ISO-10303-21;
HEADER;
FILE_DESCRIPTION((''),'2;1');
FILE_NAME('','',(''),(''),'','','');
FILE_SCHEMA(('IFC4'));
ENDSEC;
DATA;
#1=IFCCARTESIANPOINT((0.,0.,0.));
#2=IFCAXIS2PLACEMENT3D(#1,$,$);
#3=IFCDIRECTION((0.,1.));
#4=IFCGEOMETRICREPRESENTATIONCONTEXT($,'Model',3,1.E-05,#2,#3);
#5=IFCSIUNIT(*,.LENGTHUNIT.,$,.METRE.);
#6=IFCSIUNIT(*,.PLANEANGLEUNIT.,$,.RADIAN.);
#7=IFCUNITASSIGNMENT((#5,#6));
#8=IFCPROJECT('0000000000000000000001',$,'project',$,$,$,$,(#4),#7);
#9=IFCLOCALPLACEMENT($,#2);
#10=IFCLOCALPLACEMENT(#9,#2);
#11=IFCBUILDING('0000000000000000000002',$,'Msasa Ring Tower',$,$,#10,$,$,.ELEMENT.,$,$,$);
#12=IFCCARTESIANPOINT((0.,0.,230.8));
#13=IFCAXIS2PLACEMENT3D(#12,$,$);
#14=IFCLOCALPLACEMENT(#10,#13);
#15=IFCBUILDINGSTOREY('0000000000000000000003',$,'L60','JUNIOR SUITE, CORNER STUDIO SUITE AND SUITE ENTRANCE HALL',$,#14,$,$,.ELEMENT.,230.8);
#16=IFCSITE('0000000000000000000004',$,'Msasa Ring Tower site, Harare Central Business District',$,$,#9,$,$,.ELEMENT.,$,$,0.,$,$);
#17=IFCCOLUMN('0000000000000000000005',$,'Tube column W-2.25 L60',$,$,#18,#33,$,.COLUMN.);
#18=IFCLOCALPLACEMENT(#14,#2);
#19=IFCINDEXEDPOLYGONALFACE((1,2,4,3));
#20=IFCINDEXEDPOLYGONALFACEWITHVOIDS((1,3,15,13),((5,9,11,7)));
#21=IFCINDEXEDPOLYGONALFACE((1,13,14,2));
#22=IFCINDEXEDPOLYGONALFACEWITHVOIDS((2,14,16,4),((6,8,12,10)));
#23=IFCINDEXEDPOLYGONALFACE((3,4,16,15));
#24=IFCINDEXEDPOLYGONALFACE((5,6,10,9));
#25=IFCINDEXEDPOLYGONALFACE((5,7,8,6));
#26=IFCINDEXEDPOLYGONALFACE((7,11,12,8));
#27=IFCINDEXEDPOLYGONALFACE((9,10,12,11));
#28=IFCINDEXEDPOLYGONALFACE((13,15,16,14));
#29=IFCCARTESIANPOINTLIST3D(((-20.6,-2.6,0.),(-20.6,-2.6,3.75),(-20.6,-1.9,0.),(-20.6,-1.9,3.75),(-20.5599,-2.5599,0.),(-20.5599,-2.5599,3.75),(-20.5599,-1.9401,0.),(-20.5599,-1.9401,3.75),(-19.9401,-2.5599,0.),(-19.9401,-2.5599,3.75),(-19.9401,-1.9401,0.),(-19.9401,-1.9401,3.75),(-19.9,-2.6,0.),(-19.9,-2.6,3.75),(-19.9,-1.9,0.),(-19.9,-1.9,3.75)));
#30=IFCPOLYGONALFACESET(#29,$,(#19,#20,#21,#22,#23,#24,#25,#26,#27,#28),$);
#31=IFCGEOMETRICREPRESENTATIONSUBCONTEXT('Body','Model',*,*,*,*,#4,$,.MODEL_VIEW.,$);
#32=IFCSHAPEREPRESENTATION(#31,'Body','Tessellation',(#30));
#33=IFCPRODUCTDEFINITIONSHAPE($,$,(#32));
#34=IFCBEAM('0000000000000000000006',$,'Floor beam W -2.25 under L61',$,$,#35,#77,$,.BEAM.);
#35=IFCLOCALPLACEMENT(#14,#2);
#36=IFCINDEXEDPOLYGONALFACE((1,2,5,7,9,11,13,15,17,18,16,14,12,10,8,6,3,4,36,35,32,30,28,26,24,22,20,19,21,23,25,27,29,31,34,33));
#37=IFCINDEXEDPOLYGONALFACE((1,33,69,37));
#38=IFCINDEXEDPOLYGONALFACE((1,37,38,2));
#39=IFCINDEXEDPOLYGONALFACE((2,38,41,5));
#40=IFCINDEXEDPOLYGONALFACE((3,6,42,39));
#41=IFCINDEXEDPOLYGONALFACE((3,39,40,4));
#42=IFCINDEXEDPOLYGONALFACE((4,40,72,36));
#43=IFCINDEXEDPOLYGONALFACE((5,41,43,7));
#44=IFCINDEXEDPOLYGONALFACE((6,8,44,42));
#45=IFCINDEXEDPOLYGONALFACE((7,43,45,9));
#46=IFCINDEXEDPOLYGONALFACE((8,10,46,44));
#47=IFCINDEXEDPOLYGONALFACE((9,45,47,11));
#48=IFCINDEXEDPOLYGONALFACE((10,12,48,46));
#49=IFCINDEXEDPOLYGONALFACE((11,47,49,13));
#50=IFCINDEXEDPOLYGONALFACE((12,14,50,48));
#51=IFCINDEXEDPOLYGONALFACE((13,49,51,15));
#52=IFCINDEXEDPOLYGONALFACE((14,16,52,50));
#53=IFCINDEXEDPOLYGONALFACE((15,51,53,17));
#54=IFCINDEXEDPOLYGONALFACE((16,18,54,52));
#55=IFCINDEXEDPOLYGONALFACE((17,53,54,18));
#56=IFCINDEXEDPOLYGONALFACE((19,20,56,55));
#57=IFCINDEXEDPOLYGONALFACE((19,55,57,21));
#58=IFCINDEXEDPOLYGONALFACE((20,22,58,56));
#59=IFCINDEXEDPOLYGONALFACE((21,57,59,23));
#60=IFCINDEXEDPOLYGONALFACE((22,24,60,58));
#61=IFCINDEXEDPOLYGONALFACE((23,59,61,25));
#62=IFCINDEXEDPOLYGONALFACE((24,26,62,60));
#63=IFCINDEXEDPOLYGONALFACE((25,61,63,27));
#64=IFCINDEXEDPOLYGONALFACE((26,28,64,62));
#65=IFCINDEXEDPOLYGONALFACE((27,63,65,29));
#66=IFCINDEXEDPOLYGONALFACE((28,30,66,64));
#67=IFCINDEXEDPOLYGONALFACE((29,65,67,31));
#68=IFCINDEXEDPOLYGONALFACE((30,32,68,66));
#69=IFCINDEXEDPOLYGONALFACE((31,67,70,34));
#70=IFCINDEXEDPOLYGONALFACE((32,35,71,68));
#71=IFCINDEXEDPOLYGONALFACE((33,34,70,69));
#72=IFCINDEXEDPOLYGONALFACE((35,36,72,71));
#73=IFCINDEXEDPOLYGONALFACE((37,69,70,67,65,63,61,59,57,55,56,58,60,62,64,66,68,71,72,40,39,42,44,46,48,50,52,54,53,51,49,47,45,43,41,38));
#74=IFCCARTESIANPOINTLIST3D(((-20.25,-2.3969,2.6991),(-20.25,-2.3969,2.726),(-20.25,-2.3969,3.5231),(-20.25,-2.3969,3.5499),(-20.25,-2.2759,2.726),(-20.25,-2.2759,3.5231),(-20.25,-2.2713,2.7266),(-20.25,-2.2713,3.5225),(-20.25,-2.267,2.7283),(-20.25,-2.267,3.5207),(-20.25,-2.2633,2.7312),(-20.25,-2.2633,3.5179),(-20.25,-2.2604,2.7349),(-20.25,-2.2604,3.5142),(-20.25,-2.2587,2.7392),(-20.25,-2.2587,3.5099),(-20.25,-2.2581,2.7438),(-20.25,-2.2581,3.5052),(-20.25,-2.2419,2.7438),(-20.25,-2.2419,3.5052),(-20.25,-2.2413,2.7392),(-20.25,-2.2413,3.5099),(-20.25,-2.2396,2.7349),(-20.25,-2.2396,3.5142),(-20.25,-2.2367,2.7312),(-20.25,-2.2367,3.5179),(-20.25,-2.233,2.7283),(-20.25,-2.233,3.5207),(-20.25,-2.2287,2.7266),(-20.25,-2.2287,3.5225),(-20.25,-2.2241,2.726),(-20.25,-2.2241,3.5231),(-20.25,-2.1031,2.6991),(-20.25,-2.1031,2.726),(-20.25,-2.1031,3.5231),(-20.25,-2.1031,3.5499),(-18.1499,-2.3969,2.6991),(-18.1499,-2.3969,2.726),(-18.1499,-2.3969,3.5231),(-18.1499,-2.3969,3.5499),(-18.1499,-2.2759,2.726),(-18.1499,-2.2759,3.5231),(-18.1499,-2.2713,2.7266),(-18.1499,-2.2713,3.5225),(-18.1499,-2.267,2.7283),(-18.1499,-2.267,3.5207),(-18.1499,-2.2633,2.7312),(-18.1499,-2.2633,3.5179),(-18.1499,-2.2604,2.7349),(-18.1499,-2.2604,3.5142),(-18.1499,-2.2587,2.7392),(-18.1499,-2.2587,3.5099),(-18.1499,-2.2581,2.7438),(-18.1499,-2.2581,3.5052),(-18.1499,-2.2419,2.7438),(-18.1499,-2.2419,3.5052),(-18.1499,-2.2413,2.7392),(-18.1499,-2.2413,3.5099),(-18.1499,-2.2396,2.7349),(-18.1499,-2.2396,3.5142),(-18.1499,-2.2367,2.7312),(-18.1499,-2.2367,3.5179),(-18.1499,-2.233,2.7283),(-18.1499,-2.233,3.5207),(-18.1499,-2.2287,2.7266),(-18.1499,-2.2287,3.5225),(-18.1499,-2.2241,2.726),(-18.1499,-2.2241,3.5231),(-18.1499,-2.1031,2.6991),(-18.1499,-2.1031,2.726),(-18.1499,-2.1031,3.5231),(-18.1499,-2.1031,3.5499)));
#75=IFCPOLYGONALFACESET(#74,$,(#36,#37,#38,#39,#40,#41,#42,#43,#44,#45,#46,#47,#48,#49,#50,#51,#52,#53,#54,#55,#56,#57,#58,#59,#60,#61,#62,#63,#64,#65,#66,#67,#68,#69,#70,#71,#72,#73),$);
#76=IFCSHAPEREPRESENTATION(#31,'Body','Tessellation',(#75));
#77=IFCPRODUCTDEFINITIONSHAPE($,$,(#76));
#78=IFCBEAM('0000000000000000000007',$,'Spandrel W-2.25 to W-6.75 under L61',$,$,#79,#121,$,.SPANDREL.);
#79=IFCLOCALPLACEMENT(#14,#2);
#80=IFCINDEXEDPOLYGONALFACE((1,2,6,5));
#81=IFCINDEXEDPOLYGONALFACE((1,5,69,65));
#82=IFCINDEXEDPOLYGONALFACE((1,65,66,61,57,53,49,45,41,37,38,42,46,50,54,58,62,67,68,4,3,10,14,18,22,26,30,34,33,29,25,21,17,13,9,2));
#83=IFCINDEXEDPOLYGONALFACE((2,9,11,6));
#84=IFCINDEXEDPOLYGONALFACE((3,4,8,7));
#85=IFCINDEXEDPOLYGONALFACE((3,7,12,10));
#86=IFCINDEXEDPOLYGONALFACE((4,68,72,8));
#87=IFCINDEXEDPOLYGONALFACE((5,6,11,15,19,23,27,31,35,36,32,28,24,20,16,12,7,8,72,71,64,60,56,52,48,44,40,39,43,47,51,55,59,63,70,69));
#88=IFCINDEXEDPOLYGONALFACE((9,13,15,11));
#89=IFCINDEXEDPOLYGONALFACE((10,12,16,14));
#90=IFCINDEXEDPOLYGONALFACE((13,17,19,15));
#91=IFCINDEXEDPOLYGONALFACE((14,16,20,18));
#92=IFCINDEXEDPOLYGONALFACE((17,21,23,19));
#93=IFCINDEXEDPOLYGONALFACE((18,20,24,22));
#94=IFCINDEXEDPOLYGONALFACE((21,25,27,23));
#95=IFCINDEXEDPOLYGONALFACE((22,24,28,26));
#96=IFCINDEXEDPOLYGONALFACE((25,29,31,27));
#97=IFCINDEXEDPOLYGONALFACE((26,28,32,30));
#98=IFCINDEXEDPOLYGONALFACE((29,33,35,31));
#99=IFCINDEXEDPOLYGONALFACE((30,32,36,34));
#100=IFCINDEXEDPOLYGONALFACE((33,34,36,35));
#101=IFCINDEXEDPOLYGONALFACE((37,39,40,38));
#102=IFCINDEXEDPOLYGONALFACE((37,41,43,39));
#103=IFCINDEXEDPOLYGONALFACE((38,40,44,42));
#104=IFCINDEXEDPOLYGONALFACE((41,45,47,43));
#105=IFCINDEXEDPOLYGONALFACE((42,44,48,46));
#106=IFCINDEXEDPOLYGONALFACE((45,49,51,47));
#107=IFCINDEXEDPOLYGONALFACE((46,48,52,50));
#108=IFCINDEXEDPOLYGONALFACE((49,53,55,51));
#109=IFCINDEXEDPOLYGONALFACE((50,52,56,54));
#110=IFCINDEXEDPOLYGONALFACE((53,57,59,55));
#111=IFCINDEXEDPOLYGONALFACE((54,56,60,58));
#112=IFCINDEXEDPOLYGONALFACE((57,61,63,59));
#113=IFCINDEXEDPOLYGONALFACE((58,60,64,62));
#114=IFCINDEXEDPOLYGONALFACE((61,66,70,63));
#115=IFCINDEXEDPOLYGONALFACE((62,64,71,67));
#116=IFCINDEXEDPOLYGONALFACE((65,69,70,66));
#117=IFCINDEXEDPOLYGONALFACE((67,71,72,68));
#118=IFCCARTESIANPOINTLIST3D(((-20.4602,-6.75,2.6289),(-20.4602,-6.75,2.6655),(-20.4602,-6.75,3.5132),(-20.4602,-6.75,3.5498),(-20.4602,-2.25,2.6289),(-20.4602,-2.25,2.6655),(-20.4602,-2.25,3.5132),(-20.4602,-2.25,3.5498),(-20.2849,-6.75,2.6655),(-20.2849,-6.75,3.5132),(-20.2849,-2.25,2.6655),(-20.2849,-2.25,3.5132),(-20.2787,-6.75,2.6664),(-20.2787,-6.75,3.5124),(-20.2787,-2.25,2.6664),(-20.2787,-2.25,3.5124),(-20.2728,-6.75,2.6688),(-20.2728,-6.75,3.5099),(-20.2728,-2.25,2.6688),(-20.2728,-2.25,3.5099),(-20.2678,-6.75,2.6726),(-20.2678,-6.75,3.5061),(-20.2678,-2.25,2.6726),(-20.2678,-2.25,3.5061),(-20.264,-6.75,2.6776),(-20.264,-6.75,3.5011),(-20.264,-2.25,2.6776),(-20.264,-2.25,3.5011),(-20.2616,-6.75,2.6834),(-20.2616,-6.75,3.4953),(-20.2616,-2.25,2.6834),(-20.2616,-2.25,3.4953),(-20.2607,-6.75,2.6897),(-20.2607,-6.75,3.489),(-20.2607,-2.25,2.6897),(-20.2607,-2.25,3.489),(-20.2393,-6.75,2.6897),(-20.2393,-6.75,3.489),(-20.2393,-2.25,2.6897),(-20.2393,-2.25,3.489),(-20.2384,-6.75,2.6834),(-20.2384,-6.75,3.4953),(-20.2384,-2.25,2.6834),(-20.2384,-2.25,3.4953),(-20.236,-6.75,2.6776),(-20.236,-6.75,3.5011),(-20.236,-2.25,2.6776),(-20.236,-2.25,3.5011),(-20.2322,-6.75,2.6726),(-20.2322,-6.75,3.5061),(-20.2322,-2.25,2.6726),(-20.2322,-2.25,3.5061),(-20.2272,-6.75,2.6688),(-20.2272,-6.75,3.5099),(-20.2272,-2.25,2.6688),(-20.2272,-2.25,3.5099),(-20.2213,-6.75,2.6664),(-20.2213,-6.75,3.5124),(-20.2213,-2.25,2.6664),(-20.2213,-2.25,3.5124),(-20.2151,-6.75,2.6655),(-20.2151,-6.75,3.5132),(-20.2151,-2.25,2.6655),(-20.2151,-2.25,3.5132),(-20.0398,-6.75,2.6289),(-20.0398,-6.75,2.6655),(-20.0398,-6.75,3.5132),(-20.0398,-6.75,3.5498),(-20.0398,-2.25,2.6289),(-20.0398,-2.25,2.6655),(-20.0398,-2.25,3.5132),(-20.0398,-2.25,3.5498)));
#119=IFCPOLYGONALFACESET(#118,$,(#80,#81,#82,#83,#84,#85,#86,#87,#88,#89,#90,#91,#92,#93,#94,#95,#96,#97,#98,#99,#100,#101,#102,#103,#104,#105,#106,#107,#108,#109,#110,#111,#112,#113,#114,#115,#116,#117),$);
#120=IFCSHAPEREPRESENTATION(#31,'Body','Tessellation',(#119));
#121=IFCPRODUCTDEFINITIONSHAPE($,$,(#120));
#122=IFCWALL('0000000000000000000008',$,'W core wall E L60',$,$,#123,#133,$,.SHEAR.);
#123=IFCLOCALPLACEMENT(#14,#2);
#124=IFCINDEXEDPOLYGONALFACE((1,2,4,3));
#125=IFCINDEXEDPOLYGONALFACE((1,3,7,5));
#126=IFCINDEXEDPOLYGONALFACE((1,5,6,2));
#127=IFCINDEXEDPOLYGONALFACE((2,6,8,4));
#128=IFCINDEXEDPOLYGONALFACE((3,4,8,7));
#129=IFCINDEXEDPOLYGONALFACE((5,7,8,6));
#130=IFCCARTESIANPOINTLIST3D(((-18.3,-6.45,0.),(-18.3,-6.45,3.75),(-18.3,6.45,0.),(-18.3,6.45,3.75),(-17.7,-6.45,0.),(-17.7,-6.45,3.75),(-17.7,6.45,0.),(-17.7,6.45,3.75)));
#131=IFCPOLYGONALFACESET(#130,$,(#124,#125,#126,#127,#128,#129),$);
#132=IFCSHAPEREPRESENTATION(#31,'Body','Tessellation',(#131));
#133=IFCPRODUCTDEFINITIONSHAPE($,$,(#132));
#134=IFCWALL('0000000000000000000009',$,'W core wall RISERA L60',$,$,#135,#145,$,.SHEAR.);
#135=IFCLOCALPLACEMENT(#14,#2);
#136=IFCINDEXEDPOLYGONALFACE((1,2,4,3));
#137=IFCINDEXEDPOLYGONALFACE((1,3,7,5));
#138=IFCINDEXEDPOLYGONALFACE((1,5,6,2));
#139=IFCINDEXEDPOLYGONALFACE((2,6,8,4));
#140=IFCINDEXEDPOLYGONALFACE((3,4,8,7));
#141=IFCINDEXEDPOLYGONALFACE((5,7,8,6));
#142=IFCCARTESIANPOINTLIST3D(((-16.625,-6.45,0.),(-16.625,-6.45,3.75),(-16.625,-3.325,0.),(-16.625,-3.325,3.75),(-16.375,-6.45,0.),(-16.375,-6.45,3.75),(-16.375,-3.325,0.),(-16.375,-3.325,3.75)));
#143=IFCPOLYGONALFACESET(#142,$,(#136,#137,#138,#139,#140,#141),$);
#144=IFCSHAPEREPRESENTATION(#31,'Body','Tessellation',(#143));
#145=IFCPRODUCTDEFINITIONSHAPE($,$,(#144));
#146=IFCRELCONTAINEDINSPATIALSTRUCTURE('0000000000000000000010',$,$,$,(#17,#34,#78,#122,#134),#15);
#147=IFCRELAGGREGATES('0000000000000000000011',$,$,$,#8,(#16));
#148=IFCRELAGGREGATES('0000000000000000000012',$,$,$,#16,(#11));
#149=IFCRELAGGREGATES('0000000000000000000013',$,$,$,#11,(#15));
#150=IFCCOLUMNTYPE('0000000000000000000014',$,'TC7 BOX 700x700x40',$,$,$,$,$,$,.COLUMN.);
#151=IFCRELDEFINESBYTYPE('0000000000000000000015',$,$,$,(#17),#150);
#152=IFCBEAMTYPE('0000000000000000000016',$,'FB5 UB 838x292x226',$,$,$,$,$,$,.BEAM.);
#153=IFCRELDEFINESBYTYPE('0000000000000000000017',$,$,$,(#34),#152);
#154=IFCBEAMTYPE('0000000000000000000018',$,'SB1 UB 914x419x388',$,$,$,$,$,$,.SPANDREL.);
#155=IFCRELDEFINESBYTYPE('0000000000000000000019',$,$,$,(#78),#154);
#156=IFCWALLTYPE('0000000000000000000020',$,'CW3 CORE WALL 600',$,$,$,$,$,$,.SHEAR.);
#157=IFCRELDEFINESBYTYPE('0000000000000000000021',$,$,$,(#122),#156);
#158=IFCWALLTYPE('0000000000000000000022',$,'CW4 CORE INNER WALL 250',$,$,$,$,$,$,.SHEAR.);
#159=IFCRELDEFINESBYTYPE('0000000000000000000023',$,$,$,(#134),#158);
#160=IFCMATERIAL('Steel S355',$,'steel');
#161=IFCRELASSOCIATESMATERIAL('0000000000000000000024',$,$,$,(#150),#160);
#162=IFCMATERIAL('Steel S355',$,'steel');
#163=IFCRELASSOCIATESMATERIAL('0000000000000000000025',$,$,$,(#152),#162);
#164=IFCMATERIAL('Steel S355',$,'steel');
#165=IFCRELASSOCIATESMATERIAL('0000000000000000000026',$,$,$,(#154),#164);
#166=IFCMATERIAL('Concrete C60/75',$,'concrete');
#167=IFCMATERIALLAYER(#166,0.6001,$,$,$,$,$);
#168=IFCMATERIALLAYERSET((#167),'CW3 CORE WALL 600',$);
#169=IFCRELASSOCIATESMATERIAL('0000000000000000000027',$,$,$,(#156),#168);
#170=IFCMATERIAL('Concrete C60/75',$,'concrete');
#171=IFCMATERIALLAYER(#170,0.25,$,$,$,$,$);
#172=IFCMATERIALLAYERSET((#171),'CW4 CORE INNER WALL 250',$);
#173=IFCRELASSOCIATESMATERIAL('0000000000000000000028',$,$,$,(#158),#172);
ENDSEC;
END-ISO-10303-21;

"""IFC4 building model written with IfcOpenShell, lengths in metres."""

from ifc_helpers import new_model, si_unit, direction, frame, frame_2d, origin, origin_2d, place, context, subcontext, project, spatial, rectangle, hollow_rectangle, i_section, extrude, material, layer, layer_set, material_profile, profile_set, type_object, element, save


model = new_model("IFC4")

# Units and contexts
model_context = context("Model", 3, precision=1e-05, world=origin(), true_north=direction((0.0, 1.0)))
body_context = subcontext(model_context, "Body", "Model", "MODEL_VIEW")
ifc_project = project(units=[si_unit("LENGTHUNIT", "METRE"), si_unit("PLANEANGLEUNIT", "RADIAN")], contexts=[model_context])

# Site, building, storey
site_placement = place(None, origin())
site = spatial("IfcSite", under=ifc_project, at=site_placement, Name="Msasa Ring Tower site, Harare Central Business District", CompositionType="ELEMENT", RefElevation=0.0)
building_placement = place(site_placement, origin())
building = spatial("IfcBuilding", under=site, at=building_placement, Name="Msasa Ring Tower", CompositionType="ELEMENT")
storey_placement = place(building_placement, frame((0.0, 0.0, 230.8)))
storey = spatial("IfcBuildingStorey", under=building, at=storey_placement, Name="L60", Description="JUNIOR SUITE, CORNER STUDIO SUITE AND SUITE ENTRANCE HALL", CompositionType="ELEMENT", Elevation=230.8)

# Column
ifc_material_1 = material(Name="Steel S355", Category="steel")
ifc_material_profile_1 = material_profile(ifc_material_1, hollow_rectangle(XDim=0.7, YDim=0.7, WallThickness=0.04, at=origin_2d()), Name="BOX 700x700x40")
ifc_profile_set_1 = profile_set([ifc_material_profile_1], Name="Steel S355")
column_type = type_object("IfcColumnType", Name="TC7 BOX 700x700x40", PredefinedType="COLUMN", material=ifc_profile_set_1)
column_placement = place(storey_placement, frame((-20.25, -2.25, 0.0), z_axis=(0.0, 0.0, 1.0), x_axis=(1.0, 0.0, 0.0)))
element("IfcColumn", 1, at=column_placement, inside=storey, type_object=column_type, Name="Tube column W-2.25 L60", PredefinedType="COLUMN", context=body_context, shape_type="SweptSolid", body=[
    extrude(hollow_rectangle(XDim=0.7, YDim=0.7, WallThickness=0.04, at=origin_2d()), origin(), (0.0, 0.0, 1.0), 3.75),
])

# Beams
ifc_material_2 = material(Name="Steel S355", Category="steel")
ifc_material_profile_2 = material_profile(ifc_material_2, i_section(OverallWidth=0.2937, OverallDepth=0.8508, WebThickness=0.0161, FlangeThickness=0.0269, FilletRadius=0.0178, at=origin_2d()), Name="UB 838x292x226")
ifc_profile_set_2 = profile_set([ifc_material_profile_2], Name="Steel S355")
beam_type_1 = type_object("IfcBeamType", Name="FB5 UB 838x292x226", PredefinedType="BEAM", material=ifc_profile_set_2)
beam_1_placement = place(storey_placement, frame((-20.25, -2.25, 3.1245), z_axis=(1.0, 0.0, 0.0), x_axis=(0.0, 1.0, 0.0)))
element("IfcBeam", 2, at=beam_1_placement, inside=storey, type_object=beam_type_1, Name="Floor beam W -2.25 under L61", PredefinedType="BEAM", context=body_context, shape_type="SweptSolid", body=[
    extrude(i_section(OverallWidth=0.2937, OverallDepth=0.8508, WebThickness=0.0161, FlangeThickness=0.0269, FilletRadius=0.0178, at=origin_2d()), origin(), (0.0, 0.0, 1.0), 2.1001),
])
ifc_material_3 = material(Name="Steel S355", Category="steel")
ifc_material_profile_3 = material_profile(ifc_material_3, i_section(OverallWidth=0.4204, OverallDepth=0.9209, WebThickness=0.0215, FlangeThickness=0.0366, FilletRadius=0.0242, at=origin_2d()), Name="UB 914x419x388")
ifc_profile_set_3 = profile_set([ifc_material_profile_3], Name="Steel S355")
beam_type_2 = type_object("IfcBeamType", Name="SB1 UB 914x419x388", PredefinedType="SPANDREL", material=ifc_profile_set_3)
beam_2_placement = place(storey_placement, frame((-20.25, -2.25, 3.0894), z_axis=(0.0, -1.0, 0.0), x_axis=(1.0, 0.0, 0.0)))
element("IfcBeam", 3, at=beam_2_placement, inside=storey, type_object=beam_type_2, Name="Spandrel W-2.25 to W-6.75 under L61", PredefinedType="SPANDREL", context=body_context, shape_type="SweptSolid", body=[
    extrude(i_section(OverallWidth=0.4204, OverallDepth=0.9209, WebThickness=0.0215, FlangeThickness=0.0366, FilletRadius=0.0242, at=origin_2d()), origin(), (0.0, 0.0, 1.0), 4.5),
])

# Walls
ifc_material_4 = material(Name="Concrete C60/75", Category="concrete")
ifc_layer_1 = layer(ifc_material_4, 0.6001)
ifc_layer_set_1 = layer_set([ifc_layer_1], Name="CW3 CORE WALL 600")
wall_type_1 = type_object("IfcWallType", Name="CW3 CORE WALL 600", PredefinedType="SHEAR", material=ifc_layer_set_1)
wall_1_placement = place(storey_placement, frame((-18.0, -6.45, 0.0), z_axis=(0.0, 0.0, 1.0), x_axis=(0.0, 1.0, 0.0)))
element("IfcWall", 4, at=wall_1_placement, inside=storey, type_object=wall_type_1, Name="W core wall E L60", PredefinedType="SHEAR", context=body_context, shape_type="SweptSolid", body=[
    extrude(rectangle(XDim=12.8999, YDim=0.6001, at=frame_2d((6.45, 0.0))), origin(), (0.0, 0.0, 1.0), 3.75),
])
ifc_material_5 = material(Name="Concrete C60/75", Category="concrete")
ifc_layer_2 = layer(ifc_material_5, 0.25)
ifc_layer_set_2 = layer_set([ifc_layer_2], Name="CW4 CORE INNER WALL 250")
wall_type_2 = type_object("IfcWallType", Name="CW4 CORE INNER WALL 250", PredefinedType="SHEAR", material=ifc_layer_set_2)
wall_2_placement = place(storey_placement, frame((-16.5, -6.45, 0.0), z_axis=(0.0, 0.0, 1.0), x_axis=(0.0, 1.0, 0.0)))
element("IfcWall", 5, at=wall_2_placement, inside=storey, type_object=wall_type_2, Name="W core wall RISERA L60", PredefinedType="SHEAR", context=body_context, shape_type="SweptSolid", body=[
    extrude(rectangle(XDim=3.125, YDim=0.25, at=frame_2d((1.5625, 0.0))), origin(), (0.0, 0.0, 1.0), 3.75),
])

save(model, "model.ifc")
